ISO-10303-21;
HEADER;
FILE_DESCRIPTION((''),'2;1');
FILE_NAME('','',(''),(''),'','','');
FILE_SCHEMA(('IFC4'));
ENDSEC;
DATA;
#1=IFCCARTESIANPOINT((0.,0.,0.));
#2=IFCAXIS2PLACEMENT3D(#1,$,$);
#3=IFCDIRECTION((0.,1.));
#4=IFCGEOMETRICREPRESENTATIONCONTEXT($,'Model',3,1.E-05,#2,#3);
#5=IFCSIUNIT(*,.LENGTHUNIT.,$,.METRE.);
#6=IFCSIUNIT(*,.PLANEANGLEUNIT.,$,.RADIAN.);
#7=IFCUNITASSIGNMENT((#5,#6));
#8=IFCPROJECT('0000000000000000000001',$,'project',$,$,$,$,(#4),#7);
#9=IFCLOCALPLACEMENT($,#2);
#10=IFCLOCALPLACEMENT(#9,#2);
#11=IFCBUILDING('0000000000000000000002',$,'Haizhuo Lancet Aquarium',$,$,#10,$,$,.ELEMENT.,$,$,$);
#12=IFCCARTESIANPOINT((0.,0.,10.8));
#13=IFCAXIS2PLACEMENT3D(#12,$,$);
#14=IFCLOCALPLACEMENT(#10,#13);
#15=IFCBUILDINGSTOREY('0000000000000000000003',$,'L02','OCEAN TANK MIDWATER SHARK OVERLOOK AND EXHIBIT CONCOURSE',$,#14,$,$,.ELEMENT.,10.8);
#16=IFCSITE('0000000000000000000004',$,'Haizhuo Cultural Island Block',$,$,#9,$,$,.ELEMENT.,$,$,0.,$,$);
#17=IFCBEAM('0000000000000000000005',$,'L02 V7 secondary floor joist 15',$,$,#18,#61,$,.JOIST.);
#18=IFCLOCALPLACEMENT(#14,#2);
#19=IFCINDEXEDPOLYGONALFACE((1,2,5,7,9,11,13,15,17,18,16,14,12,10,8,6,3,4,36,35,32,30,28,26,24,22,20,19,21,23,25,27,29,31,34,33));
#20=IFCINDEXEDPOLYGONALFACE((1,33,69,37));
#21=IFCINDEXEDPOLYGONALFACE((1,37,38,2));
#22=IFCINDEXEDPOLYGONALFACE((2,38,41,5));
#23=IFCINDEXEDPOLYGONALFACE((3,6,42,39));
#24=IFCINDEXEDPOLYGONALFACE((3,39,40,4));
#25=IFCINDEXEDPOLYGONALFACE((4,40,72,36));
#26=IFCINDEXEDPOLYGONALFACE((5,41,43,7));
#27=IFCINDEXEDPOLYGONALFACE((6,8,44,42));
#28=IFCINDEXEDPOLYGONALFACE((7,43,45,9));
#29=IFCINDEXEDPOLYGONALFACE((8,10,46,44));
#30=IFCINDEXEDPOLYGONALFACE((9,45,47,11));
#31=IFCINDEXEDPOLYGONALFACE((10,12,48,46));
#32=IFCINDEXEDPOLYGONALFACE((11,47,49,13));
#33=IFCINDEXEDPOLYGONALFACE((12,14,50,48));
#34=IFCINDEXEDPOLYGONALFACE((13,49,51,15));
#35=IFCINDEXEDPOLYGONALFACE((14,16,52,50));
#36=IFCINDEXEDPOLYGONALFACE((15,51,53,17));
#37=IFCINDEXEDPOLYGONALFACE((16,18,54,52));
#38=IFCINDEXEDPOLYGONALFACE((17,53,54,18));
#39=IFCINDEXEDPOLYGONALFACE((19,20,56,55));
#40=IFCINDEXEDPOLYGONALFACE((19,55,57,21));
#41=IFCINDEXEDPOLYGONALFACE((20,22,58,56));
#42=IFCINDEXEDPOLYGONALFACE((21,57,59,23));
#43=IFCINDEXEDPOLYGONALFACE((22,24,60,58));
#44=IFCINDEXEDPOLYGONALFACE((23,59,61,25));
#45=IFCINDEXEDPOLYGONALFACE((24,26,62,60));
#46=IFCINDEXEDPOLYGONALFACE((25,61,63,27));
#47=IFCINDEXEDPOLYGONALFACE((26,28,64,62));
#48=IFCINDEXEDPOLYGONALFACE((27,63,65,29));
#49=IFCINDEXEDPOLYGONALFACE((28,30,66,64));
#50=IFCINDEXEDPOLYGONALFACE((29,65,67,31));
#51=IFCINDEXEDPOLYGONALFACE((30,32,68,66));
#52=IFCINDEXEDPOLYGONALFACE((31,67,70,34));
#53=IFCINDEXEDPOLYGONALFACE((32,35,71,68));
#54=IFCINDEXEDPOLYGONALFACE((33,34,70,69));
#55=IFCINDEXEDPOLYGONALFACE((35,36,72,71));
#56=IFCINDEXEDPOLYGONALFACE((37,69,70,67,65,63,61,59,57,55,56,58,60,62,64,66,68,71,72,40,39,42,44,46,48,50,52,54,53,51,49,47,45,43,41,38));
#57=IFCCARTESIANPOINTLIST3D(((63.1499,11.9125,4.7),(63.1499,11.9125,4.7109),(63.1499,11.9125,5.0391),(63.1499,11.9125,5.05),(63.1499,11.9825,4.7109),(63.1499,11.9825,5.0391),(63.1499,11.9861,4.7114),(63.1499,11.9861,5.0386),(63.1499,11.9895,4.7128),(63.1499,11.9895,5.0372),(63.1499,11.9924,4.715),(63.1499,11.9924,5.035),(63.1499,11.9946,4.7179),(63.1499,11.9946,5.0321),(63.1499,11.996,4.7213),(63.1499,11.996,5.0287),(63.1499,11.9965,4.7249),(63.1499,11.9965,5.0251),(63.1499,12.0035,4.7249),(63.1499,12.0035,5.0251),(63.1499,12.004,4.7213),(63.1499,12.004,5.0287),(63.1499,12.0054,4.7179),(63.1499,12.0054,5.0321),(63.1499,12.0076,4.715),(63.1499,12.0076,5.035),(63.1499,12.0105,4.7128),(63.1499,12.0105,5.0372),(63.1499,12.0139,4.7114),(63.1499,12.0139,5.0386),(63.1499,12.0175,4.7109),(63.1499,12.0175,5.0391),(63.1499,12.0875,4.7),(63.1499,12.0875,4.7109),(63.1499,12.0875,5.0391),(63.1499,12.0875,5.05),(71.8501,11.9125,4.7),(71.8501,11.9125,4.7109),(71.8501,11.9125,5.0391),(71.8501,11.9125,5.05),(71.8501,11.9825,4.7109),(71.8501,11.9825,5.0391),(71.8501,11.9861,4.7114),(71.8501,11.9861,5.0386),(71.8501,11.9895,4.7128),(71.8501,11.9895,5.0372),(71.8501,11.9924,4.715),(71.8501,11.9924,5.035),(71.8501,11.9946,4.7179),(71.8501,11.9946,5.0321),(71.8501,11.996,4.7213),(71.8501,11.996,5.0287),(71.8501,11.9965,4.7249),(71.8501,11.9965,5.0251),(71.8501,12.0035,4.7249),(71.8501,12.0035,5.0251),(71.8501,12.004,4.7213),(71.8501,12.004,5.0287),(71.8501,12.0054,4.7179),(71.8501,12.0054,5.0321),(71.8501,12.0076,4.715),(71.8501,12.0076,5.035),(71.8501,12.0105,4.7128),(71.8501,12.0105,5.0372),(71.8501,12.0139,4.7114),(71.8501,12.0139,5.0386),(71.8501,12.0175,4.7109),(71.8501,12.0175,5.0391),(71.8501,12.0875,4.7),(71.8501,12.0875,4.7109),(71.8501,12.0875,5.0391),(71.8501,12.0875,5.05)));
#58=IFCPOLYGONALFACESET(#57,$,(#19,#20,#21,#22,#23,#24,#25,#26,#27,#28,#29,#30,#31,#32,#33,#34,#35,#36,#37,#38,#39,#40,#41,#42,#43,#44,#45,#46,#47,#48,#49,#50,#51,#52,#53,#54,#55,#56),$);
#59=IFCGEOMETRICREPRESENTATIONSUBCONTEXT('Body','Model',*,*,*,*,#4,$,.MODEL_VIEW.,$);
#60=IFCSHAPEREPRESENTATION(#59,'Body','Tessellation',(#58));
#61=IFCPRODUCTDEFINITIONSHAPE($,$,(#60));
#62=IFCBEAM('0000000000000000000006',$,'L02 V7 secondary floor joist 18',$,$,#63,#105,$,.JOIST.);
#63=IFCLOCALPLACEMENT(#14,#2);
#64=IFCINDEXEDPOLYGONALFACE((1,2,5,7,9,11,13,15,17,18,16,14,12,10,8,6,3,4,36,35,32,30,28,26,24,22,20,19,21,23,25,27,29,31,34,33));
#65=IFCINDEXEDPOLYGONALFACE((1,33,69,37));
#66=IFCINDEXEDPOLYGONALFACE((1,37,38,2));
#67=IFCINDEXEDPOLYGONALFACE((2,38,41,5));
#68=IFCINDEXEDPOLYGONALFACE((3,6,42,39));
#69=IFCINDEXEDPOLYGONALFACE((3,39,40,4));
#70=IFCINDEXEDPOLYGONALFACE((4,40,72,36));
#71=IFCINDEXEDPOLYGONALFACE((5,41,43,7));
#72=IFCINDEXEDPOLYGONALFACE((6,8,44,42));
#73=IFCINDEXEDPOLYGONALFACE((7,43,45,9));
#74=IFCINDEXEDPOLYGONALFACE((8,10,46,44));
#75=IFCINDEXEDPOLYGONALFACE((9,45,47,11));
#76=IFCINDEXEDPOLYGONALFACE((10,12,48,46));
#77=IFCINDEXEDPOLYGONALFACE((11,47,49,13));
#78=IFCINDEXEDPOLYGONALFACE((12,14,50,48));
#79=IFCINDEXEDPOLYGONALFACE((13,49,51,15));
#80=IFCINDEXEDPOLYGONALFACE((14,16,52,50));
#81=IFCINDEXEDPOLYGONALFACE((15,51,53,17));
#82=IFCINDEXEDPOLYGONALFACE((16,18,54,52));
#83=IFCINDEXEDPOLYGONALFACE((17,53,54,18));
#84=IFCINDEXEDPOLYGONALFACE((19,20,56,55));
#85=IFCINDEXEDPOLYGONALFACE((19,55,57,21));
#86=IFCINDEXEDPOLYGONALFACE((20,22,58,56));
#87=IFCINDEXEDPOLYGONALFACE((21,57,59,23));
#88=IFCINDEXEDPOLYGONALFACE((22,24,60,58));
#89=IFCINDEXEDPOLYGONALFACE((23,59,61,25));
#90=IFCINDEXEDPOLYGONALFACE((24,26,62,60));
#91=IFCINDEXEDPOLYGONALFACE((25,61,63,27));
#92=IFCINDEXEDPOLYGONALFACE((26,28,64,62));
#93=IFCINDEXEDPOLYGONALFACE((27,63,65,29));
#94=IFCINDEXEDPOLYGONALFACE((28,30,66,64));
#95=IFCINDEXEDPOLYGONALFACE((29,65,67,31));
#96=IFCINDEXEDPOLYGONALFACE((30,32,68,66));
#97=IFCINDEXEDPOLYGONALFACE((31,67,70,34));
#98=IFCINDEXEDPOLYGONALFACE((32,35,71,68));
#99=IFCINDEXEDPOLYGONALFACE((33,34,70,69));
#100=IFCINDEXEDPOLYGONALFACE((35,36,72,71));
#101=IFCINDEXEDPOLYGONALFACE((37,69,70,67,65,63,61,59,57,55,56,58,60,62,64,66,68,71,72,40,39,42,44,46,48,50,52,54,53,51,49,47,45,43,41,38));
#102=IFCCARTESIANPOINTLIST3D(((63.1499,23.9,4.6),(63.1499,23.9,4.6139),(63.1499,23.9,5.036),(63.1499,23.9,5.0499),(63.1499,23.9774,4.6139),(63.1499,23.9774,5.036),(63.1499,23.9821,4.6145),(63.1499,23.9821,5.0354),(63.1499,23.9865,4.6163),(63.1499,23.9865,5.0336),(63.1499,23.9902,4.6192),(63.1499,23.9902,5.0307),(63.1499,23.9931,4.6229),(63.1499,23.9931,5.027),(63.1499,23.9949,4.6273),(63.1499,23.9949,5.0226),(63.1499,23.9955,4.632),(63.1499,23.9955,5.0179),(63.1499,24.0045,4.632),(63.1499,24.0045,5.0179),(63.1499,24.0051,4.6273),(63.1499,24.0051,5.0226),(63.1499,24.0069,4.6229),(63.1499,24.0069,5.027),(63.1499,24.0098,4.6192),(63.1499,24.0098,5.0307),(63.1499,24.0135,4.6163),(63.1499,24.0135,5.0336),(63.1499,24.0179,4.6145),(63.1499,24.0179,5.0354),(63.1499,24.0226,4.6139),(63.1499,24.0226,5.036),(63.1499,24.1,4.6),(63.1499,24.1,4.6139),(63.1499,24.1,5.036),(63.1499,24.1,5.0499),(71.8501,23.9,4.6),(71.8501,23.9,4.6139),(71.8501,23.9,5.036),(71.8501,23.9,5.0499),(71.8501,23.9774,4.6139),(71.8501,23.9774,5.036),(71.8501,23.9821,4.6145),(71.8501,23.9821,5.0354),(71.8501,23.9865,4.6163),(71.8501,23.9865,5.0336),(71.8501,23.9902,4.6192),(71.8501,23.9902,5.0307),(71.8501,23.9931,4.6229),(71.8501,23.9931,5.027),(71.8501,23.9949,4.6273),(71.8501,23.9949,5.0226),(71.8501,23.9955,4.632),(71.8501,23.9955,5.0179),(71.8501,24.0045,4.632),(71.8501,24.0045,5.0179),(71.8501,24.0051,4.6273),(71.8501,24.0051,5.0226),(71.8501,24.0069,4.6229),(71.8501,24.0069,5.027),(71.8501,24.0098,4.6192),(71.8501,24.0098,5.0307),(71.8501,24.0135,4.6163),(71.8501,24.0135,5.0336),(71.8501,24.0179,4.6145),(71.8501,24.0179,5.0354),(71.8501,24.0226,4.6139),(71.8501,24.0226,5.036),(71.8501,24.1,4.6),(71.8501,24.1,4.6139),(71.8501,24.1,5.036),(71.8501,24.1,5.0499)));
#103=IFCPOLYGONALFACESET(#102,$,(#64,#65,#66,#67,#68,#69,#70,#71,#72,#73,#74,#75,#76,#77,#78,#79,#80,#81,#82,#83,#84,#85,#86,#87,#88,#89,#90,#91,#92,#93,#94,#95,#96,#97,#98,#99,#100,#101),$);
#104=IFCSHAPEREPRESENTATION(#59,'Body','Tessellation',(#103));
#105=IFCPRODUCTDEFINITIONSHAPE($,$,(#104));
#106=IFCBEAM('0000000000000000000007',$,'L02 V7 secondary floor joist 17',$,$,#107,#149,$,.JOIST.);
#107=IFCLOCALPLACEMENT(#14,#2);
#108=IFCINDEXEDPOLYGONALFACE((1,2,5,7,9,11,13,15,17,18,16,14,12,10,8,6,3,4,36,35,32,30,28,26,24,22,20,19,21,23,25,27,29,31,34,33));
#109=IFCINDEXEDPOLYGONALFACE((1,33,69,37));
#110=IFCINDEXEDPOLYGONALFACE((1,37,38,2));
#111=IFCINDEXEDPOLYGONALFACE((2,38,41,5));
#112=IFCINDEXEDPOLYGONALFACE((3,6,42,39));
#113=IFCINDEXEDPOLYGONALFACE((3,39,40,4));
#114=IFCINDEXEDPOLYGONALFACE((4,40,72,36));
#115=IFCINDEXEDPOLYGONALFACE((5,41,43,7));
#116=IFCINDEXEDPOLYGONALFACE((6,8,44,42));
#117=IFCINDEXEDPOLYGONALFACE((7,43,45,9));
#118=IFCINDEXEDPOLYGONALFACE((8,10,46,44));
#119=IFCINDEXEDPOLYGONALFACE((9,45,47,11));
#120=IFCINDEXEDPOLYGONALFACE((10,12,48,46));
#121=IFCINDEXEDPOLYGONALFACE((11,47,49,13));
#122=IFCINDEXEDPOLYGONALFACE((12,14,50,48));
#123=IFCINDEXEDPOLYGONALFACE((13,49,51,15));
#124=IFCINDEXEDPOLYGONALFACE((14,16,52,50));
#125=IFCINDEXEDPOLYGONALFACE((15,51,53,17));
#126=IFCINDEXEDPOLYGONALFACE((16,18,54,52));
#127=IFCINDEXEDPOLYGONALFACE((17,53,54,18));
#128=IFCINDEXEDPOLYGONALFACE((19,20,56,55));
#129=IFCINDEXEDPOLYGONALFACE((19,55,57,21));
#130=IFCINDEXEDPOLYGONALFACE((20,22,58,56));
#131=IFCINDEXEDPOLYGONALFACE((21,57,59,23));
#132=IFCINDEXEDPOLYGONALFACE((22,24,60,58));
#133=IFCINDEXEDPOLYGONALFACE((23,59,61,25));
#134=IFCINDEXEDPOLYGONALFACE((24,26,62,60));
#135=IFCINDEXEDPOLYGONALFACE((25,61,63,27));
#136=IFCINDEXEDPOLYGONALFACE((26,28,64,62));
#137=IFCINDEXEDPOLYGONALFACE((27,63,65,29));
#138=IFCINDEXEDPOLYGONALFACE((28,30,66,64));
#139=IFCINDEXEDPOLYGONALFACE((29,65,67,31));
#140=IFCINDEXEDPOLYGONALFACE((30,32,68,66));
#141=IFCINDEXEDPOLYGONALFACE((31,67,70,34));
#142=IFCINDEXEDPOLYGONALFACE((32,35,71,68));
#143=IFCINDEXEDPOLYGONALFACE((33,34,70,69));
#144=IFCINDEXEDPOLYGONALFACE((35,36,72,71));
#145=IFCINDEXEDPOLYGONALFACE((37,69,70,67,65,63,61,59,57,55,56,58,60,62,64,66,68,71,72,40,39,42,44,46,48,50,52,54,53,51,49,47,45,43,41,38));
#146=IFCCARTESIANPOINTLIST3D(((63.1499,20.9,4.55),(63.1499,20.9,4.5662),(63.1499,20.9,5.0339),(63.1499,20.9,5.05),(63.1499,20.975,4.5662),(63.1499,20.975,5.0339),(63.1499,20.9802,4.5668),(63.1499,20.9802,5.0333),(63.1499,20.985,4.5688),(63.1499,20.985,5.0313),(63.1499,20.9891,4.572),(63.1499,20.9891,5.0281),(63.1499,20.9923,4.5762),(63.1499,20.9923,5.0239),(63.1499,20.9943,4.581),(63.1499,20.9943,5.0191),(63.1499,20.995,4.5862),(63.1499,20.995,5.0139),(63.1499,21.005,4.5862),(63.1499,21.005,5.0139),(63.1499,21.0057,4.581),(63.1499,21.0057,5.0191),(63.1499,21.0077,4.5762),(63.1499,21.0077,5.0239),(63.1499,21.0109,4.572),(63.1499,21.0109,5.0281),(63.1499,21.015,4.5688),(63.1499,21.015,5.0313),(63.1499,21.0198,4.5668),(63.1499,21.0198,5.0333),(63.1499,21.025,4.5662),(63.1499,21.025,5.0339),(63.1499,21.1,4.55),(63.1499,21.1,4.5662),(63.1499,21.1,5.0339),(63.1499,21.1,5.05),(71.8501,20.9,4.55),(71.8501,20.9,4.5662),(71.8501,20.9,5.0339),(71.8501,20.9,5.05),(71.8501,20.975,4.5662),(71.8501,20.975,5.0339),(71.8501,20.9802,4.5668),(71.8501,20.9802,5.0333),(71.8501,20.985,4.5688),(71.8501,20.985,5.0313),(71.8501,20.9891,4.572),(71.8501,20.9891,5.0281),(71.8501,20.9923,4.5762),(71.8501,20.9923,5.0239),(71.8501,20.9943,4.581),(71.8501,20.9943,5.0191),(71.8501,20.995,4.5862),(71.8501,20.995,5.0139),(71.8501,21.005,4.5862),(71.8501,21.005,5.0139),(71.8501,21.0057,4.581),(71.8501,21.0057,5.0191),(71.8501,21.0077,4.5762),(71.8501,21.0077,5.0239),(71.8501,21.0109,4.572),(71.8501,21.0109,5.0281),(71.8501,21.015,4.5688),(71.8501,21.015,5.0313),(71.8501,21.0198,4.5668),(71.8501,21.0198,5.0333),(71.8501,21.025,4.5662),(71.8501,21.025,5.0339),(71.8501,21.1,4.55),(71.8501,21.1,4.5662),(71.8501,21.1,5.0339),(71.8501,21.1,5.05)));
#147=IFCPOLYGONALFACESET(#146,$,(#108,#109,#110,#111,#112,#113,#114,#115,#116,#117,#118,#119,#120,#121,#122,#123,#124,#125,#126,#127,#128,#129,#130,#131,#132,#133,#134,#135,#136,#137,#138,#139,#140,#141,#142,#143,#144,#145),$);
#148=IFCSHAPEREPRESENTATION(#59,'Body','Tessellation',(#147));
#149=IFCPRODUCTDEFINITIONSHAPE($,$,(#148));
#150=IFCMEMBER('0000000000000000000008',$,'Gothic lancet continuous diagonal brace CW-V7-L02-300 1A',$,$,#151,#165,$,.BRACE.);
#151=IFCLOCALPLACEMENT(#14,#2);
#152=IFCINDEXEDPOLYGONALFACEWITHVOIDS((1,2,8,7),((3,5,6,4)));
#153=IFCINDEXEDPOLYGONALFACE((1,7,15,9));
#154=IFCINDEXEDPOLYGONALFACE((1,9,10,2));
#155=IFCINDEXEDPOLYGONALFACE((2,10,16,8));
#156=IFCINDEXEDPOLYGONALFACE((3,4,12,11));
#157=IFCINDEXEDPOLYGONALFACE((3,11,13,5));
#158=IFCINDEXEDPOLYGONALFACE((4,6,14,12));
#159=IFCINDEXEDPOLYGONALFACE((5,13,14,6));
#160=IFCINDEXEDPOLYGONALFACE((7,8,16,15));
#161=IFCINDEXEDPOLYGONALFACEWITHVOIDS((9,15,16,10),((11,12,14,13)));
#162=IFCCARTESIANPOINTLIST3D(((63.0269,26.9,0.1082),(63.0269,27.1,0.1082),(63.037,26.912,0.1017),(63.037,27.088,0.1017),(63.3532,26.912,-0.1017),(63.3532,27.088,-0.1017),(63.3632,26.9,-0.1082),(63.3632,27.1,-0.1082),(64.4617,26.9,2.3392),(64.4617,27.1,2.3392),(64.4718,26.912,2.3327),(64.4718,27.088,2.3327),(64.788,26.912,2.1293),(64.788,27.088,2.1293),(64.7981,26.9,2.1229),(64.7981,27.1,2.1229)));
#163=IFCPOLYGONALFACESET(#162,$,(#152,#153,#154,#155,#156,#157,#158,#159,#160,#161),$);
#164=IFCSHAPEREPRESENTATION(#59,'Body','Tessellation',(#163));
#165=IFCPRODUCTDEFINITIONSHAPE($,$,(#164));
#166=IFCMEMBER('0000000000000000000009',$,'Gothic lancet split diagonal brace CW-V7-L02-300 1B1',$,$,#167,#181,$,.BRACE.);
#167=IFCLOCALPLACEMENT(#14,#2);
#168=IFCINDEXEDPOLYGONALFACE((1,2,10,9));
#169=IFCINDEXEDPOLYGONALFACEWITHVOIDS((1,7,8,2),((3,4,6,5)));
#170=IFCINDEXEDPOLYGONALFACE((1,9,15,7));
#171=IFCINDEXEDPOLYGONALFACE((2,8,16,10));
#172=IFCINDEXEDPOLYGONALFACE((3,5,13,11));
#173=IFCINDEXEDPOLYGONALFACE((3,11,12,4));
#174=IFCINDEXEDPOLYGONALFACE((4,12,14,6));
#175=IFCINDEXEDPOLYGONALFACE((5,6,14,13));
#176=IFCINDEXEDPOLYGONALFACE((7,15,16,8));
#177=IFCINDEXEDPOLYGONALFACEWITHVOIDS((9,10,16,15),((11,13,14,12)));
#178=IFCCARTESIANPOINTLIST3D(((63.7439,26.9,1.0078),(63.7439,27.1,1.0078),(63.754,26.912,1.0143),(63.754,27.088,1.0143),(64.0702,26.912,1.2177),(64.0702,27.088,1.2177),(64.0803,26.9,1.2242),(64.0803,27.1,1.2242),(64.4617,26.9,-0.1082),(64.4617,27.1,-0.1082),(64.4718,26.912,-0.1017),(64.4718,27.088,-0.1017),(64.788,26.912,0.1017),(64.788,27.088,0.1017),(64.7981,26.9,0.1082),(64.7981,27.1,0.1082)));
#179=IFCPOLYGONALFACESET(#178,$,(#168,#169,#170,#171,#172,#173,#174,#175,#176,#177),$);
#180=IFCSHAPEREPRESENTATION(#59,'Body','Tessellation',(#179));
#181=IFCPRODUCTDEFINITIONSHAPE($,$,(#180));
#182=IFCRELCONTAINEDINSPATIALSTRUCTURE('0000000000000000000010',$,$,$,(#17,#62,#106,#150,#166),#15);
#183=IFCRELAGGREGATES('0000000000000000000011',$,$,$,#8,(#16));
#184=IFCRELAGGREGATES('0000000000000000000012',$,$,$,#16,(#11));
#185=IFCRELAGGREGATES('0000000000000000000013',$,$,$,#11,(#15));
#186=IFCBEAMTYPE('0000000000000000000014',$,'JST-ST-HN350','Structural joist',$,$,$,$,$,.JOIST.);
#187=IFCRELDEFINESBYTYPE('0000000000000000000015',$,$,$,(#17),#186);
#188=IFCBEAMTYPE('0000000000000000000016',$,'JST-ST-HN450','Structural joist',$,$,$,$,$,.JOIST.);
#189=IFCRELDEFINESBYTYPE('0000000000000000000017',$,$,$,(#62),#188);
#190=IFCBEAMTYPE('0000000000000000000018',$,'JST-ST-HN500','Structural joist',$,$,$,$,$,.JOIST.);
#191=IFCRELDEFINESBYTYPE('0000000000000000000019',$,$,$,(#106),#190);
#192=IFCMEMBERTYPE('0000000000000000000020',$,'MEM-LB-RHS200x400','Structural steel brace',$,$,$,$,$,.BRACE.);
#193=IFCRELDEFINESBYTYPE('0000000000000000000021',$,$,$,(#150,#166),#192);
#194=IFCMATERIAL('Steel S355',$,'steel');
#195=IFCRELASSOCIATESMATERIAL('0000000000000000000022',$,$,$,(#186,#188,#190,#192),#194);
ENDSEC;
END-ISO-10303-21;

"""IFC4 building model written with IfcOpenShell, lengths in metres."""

from ifc_helpers import new_model, si_unit, direction, frame, origin, origin_2d, place, context, subcontext, project, spatial, hollow_rectangle, i_section, extrude, material, material_profile, profile_set, type_object, element, save


model = new_model("IFC4")

# Units and contexts
model_context = context("Model", 3, precision=1e-05, world=origin(), true_north=direction((0.0, 1.0)))
body_context = subcontext(model_context, "Body", "Model", "MODEL_VIEW")
ifc_project = project(units=[si_unit("LENGTHUNIT", "METRE"), si_unit("PLANEANGLEUNIT", "RADIAN")], contexts=[model_context])

# Site, building, storey
site_placement = place(None, origin())
site = spatial("IfcSite", under=ifc_project, at=site_placement, Name="Haizhuo Cultural Island Block", CompositionType="ELEMENT", RefElevation=0.0)
building_placement = place(site_placement, origin())
building = spatial("IfcBuilding", under=site, at=building_placement, Name="Haizhuo Lancet Aquarium", CompositionType="ELEMENT")
storey_placement = place(building_placement, frame((0.0, 0.0, 10.8)))
storey = spatial("IfcBuildingStorey", under=building, at=storey_placement, Name="L02", Description="OCEAN TANK MIDWATER SHARK OVERLOOK AND EXHIBIT CONCOURSE", CompositionType="ELEMENT", Elevation=10.8)

# Beams
ifc_material_1 = material(Name="Steel S355", Category="steel")
ifc_material_profile_1 = material_profile(ifc_material_1, i_section(OverallWidth=0.175, OverallDepth=0.3501, WebThickness=0.0071, FlangeThickness=0.011, FilletRadius=0.0139, at=origin_2d()), Name="HN 350x175x7x11")
ifc_profile_set_1 = profile_set([ifc_material_profile_1], Name="Steel S355")
beam_type_1 = type_object("IfcBeamType", Name="JST-ST-HN350", Description="Structural joist", PredefinedType="JOIST", material=ifc_profile_set_1)
beam_1_placement = place(storey_placement, frame((63.1499, 12.0, 4.875), z_axis=(1.0, 0.0, 0.0), x_axis=(0.0, 1.0, 0.0)))
element("IfcBeam", 1, at=beam_1_placement, inside=storey, type_object=beam_type_1, Name="L02 V7 secondary floor joist 15", PredefinedType="JOIST", context=body_context, shape_type="SweptSolid", body=[
    extrude(i_section(OverallWidth=0.175, OverallDepth=0.3501, WebThickness=0.0071, FlangeThickness=0.011, FilletRadius=0.0139, at=origin_2d()), origin(), (0.0, 0.0, 1.0), 8.7002),
])
ifc_material_profile_2 = material_profile(ifc_material_1, i_section(OverallWidth=0.2, OverallDepth=0.45, WebThickness=0.009, FlangeThickness=0.0139, FilletRadius=0.0181, at=origin_2d()), Name="HN 450x200x9x14")
ifc_profile_set_2 = profile_set([ifc_material_profile_2], Name="Steel S355")
beam_type_2 = type_object("IfcBeamType", Name="JST-ST-HN450", Description="Structural joist", PredefinedType="JOIST", material=ifc_profile_set_2)
beam_2_placement = place(storey_placement, frame((63.1499, 24.0, 4.825), z_axis=(1.0, 0.0, 0.0), x_axis=(0.0, 1.0, 0.0)))
element("IfcBeam", 2, at=beam_2_placement, inside=storey, type_object=beam_type_2, Name="L02 V7 secondary floor joist 18", PredefinedType="JOIST", context=body_context, shape_type="SweptSolid", body=[
    extrude(i_section(OverallWidth=0.2, OverallDepth=0.45, WebThickness=0.009, FlangeThickness=0.0139, FilletRadius=0.0181, at=origin_2d()), origin(), (0.0, 0.0, 1.0), 8.7002),
])
ifc_material_profile_3 = material_profile(ifc_material_1, i_section(OverallWidth=0.2, OverallDepth=0.5, WebThickness=0.01, FlangeThickness=0.0161, FilletRadius=0.02, at=origin_2d()), Name="HN 500x200x10x16")
ifc_profile_set_3 = profile_set([ifc_material_profile_3], Name="Steel S355")
beam_type_3 = type_object("IfcBeamType", Name="JST-ST-HN500", Description="Structural joist", PredefinedType="JOIST", material=ifc_profile_set_3)
beam_3_placement = place(storey_placement, frame((63.1499, 21.0, 4.8), z_axis=(1.0, 0.0, 0.0), x_axis=(0.0, 1.0, 0.0)))
element("IfcBeam", 3, at=beam_3_placement, inside=storey, type_object=beam_type_3, Name="L02 V7 secondary floor joist 17", PredefinedType="JOIST", context=body_context, shape_type="SweptSolid", body=[
    extrude(i_section(OverallWidth=0.2, OverallDepth=0.5, WebThickness=0.01, FlangeThickness=0.0161, FilletRadius=0.02, at=origin_2d()), origin(), (0.0, 0.0, 1.0), 8.7002),
])

# Members
ifc_material_profile_4 = material_profile(ifc_material_1, hollow_rectangle(XDim=0.2, YDim=0.3999, WallThickness=0.012, at=origin_2d()), Name="RHS 200x400x12")
ifc_profile_set_4 = profile_set([ifc_material_profile_4], Name="Steel S355")
member_type_1 = type_object("IfcMemberType", Name="MEM-LB-RHS200x400", Description="Structural steel brace", PredefinedType="BRACE", material=ifc_profile_set_4)
member_1_placement = place(storey_placement, frame((63.1951, 27.0, 0.0), z_axis=(0.540925, 0.0, 0.841071), x_axis=(0.0, 1.0, 0.0)))
element("IfcMember", 4, at=member_1_placement, inside=storey, type_object=member_type_1, Name="Gothic lancet continuous diagonal brace CW-V7-L02-300 1A", PredefinedType="BRACE", context=body_context, shape_type="SweptSolid", body=[
    extrude(hollow_rectangle(XDim=0.2, YDim=0.3999, WallThickness=0.012, at=origin_2d()), origin(), (0.0, 0.0, 1.0), 2.6526),
])
member_2_placement = place(storey_placement, frame((64.6299, 27.0, 0.0), z_axis=(-0.540953, 0.0, 0.841053), x_axis=(0.0, -1.0, 0.0)))
element("IfcMember", 5, at=member_2_placement, inside=storey, type_object=member_type_1, Name="Gothic lancet split diagonal brace CW-V7-L02-300 1B1", PredefinedType="BRACE", context=body_context, shape_type="SweptSolid", body=[
    extrude(hollow_rectangle(XDim=0.2, YDim=0.3999, WallThickness=0.012, at=origin_2d()), origin(), (0.0, 0.0, 1.0), 1.3269),
])

save(model, "model.ifc")
